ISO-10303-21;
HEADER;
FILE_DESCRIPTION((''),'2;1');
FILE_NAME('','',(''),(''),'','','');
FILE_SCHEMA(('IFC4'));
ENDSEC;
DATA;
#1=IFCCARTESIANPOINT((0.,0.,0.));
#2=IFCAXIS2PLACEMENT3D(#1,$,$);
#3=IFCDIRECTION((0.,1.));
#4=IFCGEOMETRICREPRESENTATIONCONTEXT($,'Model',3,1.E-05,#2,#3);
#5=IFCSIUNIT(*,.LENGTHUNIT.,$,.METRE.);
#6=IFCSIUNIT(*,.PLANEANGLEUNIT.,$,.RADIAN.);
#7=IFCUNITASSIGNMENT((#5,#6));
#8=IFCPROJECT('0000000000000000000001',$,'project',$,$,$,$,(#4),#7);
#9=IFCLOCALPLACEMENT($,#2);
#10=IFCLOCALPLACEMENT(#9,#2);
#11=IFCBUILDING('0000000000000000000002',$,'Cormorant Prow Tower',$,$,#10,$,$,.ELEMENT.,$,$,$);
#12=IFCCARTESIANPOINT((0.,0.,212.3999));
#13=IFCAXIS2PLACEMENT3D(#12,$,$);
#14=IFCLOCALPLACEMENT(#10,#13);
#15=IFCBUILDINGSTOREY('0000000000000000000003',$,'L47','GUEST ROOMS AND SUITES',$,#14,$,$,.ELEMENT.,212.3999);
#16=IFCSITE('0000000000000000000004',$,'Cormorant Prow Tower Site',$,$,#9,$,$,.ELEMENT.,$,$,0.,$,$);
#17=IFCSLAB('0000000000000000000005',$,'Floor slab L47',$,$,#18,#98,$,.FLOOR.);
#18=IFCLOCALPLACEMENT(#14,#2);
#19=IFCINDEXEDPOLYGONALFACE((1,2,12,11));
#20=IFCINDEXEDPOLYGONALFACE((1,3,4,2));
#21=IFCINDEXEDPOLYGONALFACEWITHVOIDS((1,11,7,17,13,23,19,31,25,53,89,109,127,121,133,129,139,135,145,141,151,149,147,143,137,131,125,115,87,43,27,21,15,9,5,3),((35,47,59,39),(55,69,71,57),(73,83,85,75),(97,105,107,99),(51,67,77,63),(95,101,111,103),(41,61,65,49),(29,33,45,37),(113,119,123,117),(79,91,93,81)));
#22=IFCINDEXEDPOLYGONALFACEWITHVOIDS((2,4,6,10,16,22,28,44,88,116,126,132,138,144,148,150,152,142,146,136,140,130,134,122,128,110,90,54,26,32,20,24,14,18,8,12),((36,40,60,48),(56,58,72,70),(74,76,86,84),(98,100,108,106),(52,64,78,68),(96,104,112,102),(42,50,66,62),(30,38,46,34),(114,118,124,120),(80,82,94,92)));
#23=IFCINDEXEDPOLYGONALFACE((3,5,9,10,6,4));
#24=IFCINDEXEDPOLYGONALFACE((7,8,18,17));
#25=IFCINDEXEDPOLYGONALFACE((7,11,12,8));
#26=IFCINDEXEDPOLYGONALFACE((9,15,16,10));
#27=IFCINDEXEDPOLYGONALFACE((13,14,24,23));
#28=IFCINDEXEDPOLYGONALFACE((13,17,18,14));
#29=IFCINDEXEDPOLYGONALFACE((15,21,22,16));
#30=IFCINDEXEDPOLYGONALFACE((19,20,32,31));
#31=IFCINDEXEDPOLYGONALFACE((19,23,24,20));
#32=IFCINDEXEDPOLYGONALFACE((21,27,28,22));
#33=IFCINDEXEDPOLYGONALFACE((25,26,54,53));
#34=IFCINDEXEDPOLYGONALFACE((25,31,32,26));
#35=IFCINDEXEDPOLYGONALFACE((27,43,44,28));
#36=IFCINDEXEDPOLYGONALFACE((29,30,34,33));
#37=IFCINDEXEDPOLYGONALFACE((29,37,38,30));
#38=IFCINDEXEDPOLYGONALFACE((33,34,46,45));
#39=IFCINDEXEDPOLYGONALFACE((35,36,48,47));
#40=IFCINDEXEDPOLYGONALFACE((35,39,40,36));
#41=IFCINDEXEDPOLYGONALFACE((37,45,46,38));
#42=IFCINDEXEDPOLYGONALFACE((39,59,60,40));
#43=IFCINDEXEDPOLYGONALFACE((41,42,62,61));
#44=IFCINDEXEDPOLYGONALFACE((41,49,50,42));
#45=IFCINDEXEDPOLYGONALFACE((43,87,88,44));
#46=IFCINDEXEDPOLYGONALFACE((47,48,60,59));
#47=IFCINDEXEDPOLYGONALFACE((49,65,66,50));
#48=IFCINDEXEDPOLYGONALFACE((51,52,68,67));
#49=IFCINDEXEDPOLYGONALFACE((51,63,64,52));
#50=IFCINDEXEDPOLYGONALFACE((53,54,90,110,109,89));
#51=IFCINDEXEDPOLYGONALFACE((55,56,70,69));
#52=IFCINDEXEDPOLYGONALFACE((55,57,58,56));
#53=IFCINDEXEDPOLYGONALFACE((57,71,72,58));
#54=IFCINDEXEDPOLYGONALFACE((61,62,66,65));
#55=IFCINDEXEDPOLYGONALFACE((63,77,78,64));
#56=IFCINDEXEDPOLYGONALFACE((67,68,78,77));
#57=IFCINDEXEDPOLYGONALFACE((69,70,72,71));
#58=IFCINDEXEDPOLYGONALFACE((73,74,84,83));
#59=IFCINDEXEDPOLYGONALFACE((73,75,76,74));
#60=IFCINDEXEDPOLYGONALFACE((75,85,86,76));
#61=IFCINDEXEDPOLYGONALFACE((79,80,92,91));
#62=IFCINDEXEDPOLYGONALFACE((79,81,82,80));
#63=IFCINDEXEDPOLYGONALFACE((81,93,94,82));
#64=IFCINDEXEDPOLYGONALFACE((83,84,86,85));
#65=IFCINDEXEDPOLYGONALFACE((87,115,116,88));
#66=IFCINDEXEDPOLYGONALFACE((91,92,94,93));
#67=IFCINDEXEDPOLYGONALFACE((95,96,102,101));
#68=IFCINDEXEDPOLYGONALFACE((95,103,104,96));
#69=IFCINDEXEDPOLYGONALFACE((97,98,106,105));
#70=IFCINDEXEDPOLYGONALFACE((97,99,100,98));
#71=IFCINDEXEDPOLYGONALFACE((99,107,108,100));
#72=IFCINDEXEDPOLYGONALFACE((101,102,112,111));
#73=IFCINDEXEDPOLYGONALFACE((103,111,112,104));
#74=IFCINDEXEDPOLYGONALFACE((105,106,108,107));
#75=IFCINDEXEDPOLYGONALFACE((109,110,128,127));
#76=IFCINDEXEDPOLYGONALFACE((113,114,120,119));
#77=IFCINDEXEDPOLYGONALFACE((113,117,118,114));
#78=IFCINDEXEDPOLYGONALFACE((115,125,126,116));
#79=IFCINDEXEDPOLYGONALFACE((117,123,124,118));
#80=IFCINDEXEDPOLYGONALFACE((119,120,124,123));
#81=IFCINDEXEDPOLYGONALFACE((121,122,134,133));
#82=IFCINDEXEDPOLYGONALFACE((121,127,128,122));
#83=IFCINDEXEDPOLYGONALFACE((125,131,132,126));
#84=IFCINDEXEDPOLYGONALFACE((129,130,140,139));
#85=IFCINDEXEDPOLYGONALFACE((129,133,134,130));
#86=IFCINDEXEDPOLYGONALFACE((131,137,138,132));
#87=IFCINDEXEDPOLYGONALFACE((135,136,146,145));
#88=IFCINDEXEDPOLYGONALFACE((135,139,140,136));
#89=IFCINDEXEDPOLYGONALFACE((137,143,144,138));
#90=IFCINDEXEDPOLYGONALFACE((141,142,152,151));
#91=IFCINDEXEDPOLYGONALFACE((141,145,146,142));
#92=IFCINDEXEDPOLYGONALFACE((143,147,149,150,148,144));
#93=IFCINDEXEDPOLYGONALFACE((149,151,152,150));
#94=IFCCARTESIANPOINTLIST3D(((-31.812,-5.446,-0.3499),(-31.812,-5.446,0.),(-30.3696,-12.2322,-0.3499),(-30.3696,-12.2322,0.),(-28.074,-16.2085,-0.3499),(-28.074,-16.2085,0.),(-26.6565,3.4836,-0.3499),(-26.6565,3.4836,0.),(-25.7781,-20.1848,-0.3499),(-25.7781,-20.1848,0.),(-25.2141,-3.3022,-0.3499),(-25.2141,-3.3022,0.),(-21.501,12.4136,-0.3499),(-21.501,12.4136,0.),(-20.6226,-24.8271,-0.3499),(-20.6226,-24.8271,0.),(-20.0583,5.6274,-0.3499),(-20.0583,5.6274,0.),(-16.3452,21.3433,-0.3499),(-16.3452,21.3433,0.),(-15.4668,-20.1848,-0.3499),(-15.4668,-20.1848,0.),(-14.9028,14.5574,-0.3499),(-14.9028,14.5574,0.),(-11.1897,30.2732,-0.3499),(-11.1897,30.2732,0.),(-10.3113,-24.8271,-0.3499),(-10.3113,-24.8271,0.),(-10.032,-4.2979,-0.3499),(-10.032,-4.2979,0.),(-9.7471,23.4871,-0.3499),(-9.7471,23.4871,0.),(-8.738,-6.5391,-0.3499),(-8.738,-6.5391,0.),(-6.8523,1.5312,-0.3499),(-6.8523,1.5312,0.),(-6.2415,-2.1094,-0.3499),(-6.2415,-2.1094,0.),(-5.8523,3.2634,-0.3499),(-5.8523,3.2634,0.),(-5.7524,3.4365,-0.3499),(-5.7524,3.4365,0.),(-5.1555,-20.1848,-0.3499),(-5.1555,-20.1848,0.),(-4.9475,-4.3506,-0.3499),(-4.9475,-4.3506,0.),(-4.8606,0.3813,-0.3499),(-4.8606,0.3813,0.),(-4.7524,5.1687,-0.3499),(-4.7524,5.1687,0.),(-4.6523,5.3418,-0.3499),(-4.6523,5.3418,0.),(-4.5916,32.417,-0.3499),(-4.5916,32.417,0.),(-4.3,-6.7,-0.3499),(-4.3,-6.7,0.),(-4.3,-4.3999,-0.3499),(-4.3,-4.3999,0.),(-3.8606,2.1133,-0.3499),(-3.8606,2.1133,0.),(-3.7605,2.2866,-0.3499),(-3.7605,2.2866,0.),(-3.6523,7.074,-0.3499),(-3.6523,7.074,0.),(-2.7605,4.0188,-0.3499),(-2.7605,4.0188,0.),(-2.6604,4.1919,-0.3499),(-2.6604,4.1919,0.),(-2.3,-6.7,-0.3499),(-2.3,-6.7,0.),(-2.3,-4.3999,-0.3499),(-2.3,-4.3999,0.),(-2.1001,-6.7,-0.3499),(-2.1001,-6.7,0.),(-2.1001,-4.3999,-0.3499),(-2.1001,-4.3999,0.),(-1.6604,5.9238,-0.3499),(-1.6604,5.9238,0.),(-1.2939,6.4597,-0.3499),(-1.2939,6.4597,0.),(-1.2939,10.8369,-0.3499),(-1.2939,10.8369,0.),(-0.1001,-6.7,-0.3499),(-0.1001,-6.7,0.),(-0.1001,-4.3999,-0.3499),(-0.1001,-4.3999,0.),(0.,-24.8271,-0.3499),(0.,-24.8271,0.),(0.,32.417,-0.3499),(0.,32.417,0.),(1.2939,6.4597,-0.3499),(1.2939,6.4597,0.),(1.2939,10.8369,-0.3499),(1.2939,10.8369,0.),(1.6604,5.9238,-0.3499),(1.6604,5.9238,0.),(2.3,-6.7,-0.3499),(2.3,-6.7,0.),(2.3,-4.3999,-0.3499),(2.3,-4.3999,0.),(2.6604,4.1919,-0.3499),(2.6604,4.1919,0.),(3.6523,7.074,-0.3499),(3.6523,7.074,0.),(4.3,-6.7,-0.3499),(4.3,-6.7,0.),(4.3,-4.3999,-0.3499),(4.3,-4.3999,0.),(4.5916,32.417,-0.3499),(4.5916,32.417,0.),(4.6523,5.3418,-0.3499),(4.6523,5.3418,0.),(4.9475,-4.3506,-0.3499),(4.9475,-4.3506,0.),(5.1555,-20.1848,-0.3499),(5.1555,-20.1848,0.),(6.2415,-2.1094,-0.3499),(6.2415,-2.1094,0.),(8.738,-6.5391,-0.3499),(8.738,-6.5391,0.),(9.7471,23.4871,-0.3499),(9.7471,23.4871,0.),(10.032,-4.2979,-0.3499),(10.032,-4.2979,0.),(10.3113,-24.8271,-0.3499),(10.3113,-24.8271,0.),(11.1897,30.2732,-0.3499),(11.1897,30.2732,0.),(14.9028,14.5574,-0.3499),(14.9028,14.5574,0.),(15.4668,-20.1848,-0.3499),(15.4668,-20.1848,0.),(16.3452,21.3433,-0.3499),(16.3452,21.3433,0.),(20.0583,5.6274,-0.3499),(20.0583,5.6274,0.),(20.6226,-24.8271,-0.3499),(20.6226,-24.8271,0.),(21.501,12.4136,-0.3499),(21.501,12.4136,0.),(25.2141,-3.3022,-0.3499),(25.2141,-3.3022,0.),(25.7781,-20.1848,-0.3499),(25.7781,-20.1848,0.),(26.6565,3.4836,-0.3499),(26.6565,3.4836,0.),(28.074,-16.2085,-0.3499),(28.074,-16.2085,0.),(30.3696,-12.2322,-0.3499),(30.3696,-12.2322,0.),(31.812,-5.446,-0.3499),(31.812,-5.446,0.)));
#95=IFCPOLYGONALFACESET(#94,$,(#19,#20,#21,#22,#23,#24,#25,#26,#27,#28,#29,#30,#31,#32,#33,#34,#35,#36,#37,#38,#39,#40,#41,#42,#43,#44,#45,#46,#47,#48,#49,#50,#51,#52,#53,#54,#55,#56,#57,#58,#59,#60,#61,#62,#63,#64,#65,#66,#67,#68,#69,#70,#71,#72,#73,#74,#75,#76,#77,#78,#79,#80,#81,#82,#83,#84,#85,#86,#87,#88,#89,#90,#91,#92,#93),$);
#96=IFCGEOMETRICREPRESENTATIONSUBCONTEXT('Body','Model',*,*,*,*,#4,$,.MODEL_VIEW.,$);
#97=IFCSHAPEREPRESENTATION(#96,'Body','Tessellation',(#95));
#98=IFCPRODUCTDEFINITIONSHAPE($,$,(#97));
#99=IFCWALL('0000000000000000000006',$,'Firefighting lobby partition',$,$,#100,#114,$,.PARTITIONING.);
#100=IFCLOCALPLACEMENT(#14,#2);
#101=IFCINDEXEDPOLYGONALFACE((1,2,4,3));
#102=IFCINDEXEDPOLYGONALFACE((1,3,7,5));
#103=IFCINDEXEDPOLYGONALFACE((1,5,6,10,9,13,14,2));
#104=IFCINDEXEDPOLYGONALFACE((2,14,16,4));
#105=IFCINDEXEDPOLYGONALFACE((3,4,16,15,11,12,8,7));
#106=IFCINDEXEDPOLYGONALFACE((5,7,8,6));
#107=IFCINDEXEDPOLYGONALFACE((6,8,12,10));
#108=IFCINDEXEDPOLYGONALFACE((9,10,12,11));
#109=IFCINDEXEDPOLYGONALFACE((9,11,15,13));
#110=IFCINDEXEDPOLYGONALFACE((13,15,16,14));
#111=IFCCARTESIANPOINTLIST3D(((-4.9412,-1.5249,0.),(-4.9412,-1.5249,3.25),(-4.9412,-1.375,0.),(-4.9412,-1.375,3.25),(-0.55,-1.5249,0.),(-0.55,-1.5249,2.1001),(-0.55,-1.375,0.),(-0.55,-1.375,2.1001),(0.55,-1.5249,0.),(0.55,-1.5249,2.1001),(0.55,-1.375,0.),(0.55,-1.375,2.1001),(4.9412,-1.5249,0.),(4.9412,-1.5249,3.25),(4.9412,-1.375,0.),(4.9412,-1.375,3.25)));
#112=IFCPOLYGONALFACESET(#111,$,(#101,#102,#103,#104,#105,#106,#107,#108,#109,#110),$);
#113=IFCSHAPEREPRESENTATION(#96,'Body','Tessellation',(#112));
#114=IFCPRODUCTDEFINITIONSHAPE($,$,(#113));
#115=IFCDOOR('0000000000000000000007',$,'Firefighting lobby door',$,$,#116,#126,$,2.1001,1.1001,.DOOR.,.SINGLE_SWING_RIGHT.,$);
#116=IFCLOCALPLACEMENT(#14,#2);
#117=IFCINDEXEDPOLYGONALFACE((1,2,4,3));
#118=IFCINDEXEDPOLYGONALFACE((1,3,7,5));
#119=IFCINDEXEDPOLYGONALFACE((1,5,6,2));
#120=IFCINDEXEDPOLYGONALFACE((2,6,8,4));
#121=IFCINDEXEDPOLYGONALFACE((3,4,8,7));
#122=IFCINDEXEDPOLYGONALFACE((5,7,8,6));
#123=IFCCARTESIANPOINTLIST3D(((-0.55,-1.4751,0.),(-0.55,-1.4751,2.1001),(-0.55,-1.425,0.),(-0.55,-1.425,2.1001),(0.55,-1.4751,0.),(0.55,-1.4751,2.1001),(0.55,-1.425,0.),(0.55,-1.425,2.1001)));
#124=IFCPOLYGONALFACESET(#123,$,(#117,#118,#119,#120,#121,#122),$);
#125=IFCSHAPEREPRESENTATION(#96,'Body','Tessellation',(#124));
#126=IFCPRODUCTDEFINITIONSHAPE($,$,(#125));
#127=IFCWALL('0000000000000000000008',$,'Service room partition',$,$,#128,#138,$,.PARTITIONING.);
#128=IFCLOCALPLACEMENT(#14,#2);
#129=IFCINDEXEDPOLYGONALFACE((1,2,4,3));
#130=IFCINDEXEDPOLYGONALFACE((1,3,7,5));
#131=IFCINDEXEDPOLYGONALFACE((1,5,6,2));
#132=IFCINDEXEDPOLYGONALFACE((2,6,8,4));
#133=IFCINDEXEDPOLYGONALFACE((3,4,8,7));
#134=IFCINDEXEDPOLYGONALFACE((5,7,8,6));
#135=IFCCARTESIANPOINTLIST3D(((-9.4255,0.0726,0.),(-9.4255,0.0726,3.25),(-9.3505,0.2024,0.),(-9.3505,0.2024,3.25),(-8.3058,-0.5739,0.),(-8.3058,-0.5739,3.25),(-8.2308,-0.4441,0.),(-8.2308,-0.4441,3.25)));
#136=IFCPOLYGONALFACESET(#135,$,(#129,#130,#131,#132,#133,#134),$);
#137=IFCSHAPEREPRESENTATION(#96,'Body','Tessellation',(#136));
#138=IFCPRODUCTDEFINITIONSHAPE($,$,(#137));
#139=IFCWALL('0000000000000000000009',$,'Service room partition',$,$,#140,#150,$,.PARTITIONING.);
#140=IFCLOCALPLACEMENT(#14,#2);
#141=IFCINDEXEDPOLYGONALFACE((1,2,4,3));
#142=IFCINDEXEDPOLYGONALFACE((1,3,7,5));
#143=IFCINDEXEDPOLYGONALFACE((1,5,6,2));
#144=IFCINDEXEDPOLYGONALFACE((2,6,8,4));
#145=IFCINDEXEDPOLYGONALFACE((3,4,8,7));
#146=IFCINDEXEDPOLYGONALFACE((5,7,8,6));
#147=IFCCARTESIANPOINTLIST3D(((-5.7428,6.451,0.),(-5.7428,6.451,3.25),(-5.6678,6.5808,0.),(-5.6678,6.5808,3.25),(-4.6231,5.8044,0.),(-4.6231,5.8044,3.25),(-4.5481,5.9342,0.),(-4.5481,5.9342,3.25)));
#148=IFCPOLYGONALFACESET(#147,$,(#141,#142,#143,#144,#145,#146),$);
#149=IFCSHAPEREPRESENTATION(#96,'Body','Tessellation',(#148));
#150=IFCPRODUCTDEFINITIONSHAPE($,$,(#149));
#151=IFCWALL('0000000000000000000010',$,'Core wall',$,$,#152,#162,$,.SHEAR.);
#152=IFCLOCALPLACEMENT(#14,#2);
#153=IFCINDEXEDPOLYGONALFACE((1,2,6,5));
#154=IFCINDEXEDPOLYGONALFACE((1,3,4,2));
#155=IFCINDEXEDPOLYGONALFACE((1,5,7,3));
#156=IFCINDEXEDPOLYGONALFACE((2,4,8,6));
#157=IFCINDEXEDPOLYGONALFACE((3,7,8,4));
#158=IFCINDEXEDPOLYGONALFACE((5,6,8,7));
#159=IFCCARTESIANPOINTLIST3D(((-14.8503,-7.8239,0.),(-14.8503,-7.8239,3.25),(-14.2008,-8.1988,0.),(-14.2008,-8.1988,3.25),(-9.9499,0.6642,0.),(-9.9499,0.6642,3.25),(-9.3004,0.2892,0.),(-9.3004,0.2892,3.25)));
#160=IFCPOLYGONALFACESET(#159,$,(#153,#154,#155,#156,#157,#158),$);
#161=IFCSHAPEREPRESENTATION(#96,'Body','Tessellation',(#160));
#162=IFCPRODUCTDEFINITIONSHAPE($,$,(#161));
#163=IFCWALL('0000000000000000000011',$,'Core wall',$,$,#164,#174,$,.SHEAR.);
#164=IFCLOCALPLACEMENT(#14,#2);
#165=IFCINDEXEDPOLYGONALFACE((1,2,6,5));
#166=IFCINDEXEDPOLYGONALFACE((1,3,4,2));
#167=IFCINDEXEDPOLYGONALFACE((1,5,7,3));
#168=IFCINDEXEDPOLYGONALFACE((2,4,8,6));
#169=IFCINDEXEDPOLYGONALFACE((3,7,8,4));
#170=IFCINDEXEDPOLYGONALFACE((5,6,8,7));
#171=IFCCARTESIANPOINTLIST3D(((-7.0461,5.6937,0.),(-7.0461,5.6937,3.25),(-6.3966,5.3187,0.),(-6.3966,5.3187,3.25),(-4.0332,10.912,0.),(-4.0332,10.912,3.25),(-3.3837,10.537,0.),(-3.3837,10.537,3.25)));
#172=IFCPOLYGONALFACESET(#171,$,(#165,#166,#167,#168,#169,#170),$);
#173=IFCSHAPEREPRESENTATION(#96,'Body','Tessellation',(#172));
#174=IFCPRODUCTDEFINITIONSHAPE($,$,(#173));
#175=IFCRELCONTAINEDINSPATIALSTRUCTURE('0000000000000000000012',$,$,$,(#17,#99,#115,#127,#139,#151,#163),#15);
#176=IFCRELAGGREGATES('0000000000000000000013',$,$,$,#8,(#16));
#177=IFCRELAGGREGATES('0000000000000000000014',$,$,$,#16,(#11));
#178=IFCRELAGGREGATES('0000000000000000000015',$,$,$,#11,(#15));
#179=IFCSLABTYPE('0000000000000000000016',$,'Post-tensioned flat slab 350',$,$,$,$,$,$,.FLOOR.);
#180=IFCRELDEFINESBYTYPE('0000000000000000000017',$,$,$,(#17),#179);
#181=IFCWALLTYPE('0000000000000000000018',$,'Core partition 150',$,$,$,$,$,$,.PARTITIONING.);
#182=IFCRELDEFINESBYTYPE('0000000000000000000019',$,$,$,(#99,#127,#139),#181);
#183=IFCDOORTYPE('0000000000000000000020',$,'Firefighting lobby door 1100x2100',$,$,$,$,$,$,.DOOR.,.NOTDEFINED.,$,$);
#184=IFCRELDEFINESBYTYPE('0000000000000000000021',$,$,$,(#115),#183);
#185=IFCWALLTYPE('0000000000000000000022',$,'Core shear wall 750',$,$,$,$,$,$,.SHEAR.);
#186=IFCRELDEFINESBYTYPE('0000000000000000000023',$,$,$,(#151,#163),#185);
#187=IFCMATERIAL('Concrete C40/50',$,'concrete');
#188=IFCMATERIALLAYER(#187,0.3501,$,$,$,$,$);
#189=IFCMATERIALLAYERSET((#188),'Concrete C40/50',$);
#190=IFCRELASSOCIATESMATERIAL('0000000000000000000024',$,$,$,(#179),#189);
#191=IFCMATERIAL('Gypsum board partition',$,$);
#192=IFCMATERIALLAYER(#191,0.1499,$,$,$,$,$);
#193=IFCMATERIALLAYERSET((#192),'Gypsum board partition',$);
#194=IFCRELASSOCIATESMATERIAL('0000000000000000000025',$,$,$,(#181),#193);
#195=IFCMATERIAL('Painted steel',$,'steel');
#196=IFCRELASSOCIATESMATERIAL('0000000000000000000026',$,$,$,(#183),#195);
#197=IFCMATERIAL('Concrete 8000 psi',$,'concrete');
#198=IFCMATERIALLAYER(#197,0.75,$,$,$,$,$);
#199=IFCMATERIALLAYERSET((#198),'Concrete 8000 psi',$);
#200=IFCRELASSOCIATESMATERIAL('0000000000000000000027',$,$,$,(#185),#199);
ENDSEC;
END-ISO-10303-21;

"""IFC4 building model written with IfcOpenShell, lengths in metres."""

from ifc_helpers import new_model, si_unit, direction, frame, frame_2d, origin, place, context, subcontext, project, spatial, polyline, rectangle, outline, extrude, material, layer, layer_set, type_object, element, fill, save


model = new_model("IFC4")

# Units and contexts
model_context = context("Model", 3, precision=1e-05, world=origin(), true_north=direction((0.0, 1.0)))
body_context = subcontext(model_context, "Body", "Model", "MODEL_VIEW")
ifc_project = project(units=[si_unit("LENGTHUNIT", "METRE"), si_unit("PLANEANGLEUNIT", "RADIAN")], contexts=[model_context])

# Site, building, storey
site_placement = place(None, origin())
site = spatial("IfcSite", under=ifc_project, at=site_placement, Name="Cormorant Prow Tower Site", CompositionType="ELEMENT", RefElevation=0.0)
building_placement = place(site_placement, origin())
building = spatial("IfcBuilding", under=site, at=building_placement, Name="Cormorant Prow Tower", CompositionType="ELEMENT")
storey_placement = place(building_placement, frame((0.0, 0.0, 212.3999)))
storey = spatial("IfcBuildingStorey", under=building, at=storey_placement, Name="L47", Description="GUEST ROOMS AND SUITES", CompositionType="ELEMENT", Elevation=212.3999)

# Slab
ifc_material_1 = material(Name="Concrete C40/50", Category="concrete")
ifc_layer_1 = layer(ifc_material_1, 0.3501)
ifc_layer_set_1 = layer_set([ifc_layer_1], Name="Concrete C40/50")
slab_type_1 = type_object("IfcSlabType", Name="Post-tensioned flat slab 350", PredefinedType="FLOOR", material=ifc_layer_set_1)
slab_1_placement = place(storey_placement, frame((0.0, 0.0, -0.3499)))
element("IfcSlab", 1, at=slab_1_placement, inside=storey, type_object=slab_type_1, Name="Floor slab L47", PredefinedType="FLOOR", context=body_context, shape_type="SweptSolid", body=[
    extrude(outline(polyline([(-9.7471, 23.4871), (-16.3452, 21.3433), (-14.9028, 14.5574), (-21.501, 12.4136), (-20.0583, 5.6274), (-26.6565, 3.4836), (-25.2141, -3.3022), (-31.812, -5.446), (-30.3696, -12.2322), (-28.074, -16.2085), (-25.7781, -20.1848), (-20.6226, -24.8271), (-15.4668, -20.1848), (-10.3113, -24.8271), (-5.1555, -20.1848), (0.0, -24.8271), (5.1555, -20.1848), (10.3113, -24.8271), (15.4668, -20.1848), (20.6226, -24.8271), (25.7781, -20.1848), (28.074, -16.2085), (30.3696, -12.2322), (31.812, -5.446), (25.2141, -3.3022), (26.6565, 3.4836), (20.0583, 5.6274), (21.501, 12.4136), (14.9028, 14.5574), (16.3452, 21.3433), (9.7471, 23.4871), (11.1897, 30.2732), (4.5916, 32.417), (0.0, 32.417), (-4.5916, 32.417), (-11.1897, 30.2732), (-9.7471, 23.4871)]), holes=[polyline([(-4.3, -4.3999), (-2.3, -4.3999), (-2.3, -6.7), (-4.3, -6.7), (-4.3, -4.3999)]), polyline([(-0.1001, -4.3999), (-0.1001, -6.7), (-2.1001, -6.7), (-2.1001, -4.3999), (-0.1001, -4.3999)]), polyline([(4.3, -6.7), (2.3, -6.7), (2.3, -4.3999), (4.3, -4.3999), (4.3, -6.7)]), polyline([(4.6523, 5.3418), (2.6604, 4.1919), (1.6604, 5.9238), (3.6523, 7.074), (4.6523, 5.3418)]), polyline([(-1.6604, 5.9238), (-2.6604, 4.1919), (-4.6523, 5.3418), (-3.6523, 7.074), (-1.6604, 5.9238)]), polyline([(-3.7605, 2.2866), (-5.7524, 3.4365), (-4.7524, 5.1687), (-2.7605, 4.0188), (-3.7605, 2.2866)]), polyline([(-6.8523, 1.5312), (-5.8523, 3.2634), (-3.8606, 2.1133), (-4.8606, 0.3813), (-6.8523, 1.5312)]), polyline([(-4.9475, -4.3506), (-8.738, -6.5391), (-10.032, -4.2979), (-6.2415, -2.1094), (-4.9475, -4.3506)]), polyline([(10.032, -4.2979), (8.738, -6.5391), (4.9475, -4.3506), (6.2415, -2.1094), (10.032, -4.2979)]), polyline([(1.2939, 10.8369), (1.2939, 6.4597), (-1.2939, 6.4597), (-1.2939, 10.8369), (1.2939, 10.8369)])]), origin(), (0.0, 0.0, 1.0), 0.3499),
])

# Wall, opening, door
ifc_material_2 = material(Name="Gypsum board partition")
ifc_layer_2 = layer(ifc_material_2, 0.1499)
ifc_layer_set_2 = layer_set([ifc_layer_2], Name="Gypsum board partition")
wall_type_1 = type_object("IfcWallType", Name="Core partition 150", PredefinedType="PARTITIONING", material=ifc_layer_set_2)
wall_1_placement = place(storey_placement, frame((-4.9412, -1.45, 0.0), z_axis=(0.0, 0.0, 1.0), x_axis=(1.0, 0.0, 0.0)))
wall_1 = element("IfcWall", 2, at=wall_1_placement, inside=storey, type_object=wall_type_1, Name="Firefighting lobby partition", PredefinedType="PARTITIONING", context=body_context, shape_type="SweptSolid", body=[
    extrude(rectangle(XDim=9.8823, YDim=0.1499, at=frame_2d((4.9412, 0.0))), origin(), (0.0, 0.0, 1.0), 3.25),
])
opening_1_placement = place(wall_1_placement, frame((4.3911, 0.0, 0.0)))
opening_1 = element("IfcOpeningElement", 3, at=opening_1_placement, cuts=wall_1, PredefinedType="OPENING", context=body_context, shape_type="SweptSolid", body=[
    extrude(rectangle(XDim=1.1001, YDim=2.1001, at=frame_2d((0.55, 1.05))), frame((0.0, 0.085, 0.0), z_axis=(0.0, -1.0, 0.0), x_axis=(1.0, 0.0, 0.0)), (0.0, 0.0, 1.0), 0.1699),
])
ifc_material_3 = material(Name="Painted steel", Category="steel")
door_type_1 = type_object("IfcDoorType", Name="Firefighting lobby door 1100x2100", OperationType="NOTDEFINED", PredefinedType="DOOR", material=ifc_material_3)
door_1_placement = place(opening_1_placement, origin())
door_1 = element("IfcDoor", 4, at=door_1_placement, inside=storey, type_object=door_type_1, Name="Firefighting lobby door", OperationType="SINGLE_SWING_RIGHT", OverallHeight=2.1001, OverallWidth=1.1001, PredefinedType="DOOR", context=body_context, shape_type="SweptSolid", body=[
    extrude(rectangle(XDim=1.1001, YDim=2.1001, at=frame_2d((0.55, 1.05))), frame((0.0, 0.0249, 0.0), z_axis=(0.0, -1.0, 0.0), x_axis=(1.0, 0.0, 0.0)), (0.0, 0.0, 1.0), 0.05),
])
fill(opening_1, door_1)

# Walls
for number, where, z_axis, x_axis, name in (
    (5, (-8.2683, -0.509, 0.0), (0.0, 0.0, 1.0), (-0.866003, 0.500038, 0.0), "Service room partition"),
    (6, (-5.7053, 6.5159, 0.0), (0.0, 0.0, 1.0), (0.866003, -0.500038, 0.0), "Service room partition"),
):
    element("IfcWall", number, at=place(storey_placement, frame(where, z_axis=z_axis, x_axis=x_axis)), inside=storey, type_object=wall_type_1, Name=name, PredefinedType="PARTITIONING", context=body_context, shape_type="SweptSolid", body=[
        extrude(rectangle(XDim=1.293, YDim=0.1499, at=frame_2d((0.6465, 0.0))), origin(), (0.0, 0.0, 1.0), 3.25),
    ])
ifc_material_4 = material(Name="Concrete 8000 psi", Category="concrete")
ifc_layer_3 = layer(ifc_material_4, 0.75)
ifc_layer_set_3 = layer_set([ifc_layer_3], Name="Concrete 8000 psi")
wall_type_2 = type_object("IfcWallType", Name="Core shear wall 750", PredefinedType="SHEAR", material=ifc_layer_set_3)
wall_2_placement = place(storey_placement, frame((-9.6252, 0.4766, 0.0), z_axis=(0.0, 0.0, 1.0), x_axis=(-0.499986, -0.866033, 0.0)))
element("IfcWall", 7, at=wall_2_placement, inside=storey, type_object=wall_type_2, Name="Core wall", PredefinedType="SHEAR", context=body_context, shape_type="SweptSolid", body=[
    extrude(rectangle(XDim=9.801, YDim=0.75, at=frame_2d((4.9004, 0.0))), origin(), (0.0, 0.0, 1.0), 3.25),
])
wall_3_placement = place(storey_placement, frame((-3.7085, 10.7244, 0.0), z_axis=(0.0, 0.0, 1.0), x_axis=(-0.500022, -0.866013, 0.0)))
element("IfcWall", 8, at=wall_3_placement, inside=storey, type_object=wall_type_2, Name="Core wall", PredefinedType="SHEAR", context=body_context, shape_type="SweptSolid", body=[
    extrude(rectangle(XDim=6.0256, YDim=0.75, at=frame_2d((3.0127, 0.0))), origin(), (0.0, 0.0, 1.0), 3.25),
])

save(model, "model.ifc")
